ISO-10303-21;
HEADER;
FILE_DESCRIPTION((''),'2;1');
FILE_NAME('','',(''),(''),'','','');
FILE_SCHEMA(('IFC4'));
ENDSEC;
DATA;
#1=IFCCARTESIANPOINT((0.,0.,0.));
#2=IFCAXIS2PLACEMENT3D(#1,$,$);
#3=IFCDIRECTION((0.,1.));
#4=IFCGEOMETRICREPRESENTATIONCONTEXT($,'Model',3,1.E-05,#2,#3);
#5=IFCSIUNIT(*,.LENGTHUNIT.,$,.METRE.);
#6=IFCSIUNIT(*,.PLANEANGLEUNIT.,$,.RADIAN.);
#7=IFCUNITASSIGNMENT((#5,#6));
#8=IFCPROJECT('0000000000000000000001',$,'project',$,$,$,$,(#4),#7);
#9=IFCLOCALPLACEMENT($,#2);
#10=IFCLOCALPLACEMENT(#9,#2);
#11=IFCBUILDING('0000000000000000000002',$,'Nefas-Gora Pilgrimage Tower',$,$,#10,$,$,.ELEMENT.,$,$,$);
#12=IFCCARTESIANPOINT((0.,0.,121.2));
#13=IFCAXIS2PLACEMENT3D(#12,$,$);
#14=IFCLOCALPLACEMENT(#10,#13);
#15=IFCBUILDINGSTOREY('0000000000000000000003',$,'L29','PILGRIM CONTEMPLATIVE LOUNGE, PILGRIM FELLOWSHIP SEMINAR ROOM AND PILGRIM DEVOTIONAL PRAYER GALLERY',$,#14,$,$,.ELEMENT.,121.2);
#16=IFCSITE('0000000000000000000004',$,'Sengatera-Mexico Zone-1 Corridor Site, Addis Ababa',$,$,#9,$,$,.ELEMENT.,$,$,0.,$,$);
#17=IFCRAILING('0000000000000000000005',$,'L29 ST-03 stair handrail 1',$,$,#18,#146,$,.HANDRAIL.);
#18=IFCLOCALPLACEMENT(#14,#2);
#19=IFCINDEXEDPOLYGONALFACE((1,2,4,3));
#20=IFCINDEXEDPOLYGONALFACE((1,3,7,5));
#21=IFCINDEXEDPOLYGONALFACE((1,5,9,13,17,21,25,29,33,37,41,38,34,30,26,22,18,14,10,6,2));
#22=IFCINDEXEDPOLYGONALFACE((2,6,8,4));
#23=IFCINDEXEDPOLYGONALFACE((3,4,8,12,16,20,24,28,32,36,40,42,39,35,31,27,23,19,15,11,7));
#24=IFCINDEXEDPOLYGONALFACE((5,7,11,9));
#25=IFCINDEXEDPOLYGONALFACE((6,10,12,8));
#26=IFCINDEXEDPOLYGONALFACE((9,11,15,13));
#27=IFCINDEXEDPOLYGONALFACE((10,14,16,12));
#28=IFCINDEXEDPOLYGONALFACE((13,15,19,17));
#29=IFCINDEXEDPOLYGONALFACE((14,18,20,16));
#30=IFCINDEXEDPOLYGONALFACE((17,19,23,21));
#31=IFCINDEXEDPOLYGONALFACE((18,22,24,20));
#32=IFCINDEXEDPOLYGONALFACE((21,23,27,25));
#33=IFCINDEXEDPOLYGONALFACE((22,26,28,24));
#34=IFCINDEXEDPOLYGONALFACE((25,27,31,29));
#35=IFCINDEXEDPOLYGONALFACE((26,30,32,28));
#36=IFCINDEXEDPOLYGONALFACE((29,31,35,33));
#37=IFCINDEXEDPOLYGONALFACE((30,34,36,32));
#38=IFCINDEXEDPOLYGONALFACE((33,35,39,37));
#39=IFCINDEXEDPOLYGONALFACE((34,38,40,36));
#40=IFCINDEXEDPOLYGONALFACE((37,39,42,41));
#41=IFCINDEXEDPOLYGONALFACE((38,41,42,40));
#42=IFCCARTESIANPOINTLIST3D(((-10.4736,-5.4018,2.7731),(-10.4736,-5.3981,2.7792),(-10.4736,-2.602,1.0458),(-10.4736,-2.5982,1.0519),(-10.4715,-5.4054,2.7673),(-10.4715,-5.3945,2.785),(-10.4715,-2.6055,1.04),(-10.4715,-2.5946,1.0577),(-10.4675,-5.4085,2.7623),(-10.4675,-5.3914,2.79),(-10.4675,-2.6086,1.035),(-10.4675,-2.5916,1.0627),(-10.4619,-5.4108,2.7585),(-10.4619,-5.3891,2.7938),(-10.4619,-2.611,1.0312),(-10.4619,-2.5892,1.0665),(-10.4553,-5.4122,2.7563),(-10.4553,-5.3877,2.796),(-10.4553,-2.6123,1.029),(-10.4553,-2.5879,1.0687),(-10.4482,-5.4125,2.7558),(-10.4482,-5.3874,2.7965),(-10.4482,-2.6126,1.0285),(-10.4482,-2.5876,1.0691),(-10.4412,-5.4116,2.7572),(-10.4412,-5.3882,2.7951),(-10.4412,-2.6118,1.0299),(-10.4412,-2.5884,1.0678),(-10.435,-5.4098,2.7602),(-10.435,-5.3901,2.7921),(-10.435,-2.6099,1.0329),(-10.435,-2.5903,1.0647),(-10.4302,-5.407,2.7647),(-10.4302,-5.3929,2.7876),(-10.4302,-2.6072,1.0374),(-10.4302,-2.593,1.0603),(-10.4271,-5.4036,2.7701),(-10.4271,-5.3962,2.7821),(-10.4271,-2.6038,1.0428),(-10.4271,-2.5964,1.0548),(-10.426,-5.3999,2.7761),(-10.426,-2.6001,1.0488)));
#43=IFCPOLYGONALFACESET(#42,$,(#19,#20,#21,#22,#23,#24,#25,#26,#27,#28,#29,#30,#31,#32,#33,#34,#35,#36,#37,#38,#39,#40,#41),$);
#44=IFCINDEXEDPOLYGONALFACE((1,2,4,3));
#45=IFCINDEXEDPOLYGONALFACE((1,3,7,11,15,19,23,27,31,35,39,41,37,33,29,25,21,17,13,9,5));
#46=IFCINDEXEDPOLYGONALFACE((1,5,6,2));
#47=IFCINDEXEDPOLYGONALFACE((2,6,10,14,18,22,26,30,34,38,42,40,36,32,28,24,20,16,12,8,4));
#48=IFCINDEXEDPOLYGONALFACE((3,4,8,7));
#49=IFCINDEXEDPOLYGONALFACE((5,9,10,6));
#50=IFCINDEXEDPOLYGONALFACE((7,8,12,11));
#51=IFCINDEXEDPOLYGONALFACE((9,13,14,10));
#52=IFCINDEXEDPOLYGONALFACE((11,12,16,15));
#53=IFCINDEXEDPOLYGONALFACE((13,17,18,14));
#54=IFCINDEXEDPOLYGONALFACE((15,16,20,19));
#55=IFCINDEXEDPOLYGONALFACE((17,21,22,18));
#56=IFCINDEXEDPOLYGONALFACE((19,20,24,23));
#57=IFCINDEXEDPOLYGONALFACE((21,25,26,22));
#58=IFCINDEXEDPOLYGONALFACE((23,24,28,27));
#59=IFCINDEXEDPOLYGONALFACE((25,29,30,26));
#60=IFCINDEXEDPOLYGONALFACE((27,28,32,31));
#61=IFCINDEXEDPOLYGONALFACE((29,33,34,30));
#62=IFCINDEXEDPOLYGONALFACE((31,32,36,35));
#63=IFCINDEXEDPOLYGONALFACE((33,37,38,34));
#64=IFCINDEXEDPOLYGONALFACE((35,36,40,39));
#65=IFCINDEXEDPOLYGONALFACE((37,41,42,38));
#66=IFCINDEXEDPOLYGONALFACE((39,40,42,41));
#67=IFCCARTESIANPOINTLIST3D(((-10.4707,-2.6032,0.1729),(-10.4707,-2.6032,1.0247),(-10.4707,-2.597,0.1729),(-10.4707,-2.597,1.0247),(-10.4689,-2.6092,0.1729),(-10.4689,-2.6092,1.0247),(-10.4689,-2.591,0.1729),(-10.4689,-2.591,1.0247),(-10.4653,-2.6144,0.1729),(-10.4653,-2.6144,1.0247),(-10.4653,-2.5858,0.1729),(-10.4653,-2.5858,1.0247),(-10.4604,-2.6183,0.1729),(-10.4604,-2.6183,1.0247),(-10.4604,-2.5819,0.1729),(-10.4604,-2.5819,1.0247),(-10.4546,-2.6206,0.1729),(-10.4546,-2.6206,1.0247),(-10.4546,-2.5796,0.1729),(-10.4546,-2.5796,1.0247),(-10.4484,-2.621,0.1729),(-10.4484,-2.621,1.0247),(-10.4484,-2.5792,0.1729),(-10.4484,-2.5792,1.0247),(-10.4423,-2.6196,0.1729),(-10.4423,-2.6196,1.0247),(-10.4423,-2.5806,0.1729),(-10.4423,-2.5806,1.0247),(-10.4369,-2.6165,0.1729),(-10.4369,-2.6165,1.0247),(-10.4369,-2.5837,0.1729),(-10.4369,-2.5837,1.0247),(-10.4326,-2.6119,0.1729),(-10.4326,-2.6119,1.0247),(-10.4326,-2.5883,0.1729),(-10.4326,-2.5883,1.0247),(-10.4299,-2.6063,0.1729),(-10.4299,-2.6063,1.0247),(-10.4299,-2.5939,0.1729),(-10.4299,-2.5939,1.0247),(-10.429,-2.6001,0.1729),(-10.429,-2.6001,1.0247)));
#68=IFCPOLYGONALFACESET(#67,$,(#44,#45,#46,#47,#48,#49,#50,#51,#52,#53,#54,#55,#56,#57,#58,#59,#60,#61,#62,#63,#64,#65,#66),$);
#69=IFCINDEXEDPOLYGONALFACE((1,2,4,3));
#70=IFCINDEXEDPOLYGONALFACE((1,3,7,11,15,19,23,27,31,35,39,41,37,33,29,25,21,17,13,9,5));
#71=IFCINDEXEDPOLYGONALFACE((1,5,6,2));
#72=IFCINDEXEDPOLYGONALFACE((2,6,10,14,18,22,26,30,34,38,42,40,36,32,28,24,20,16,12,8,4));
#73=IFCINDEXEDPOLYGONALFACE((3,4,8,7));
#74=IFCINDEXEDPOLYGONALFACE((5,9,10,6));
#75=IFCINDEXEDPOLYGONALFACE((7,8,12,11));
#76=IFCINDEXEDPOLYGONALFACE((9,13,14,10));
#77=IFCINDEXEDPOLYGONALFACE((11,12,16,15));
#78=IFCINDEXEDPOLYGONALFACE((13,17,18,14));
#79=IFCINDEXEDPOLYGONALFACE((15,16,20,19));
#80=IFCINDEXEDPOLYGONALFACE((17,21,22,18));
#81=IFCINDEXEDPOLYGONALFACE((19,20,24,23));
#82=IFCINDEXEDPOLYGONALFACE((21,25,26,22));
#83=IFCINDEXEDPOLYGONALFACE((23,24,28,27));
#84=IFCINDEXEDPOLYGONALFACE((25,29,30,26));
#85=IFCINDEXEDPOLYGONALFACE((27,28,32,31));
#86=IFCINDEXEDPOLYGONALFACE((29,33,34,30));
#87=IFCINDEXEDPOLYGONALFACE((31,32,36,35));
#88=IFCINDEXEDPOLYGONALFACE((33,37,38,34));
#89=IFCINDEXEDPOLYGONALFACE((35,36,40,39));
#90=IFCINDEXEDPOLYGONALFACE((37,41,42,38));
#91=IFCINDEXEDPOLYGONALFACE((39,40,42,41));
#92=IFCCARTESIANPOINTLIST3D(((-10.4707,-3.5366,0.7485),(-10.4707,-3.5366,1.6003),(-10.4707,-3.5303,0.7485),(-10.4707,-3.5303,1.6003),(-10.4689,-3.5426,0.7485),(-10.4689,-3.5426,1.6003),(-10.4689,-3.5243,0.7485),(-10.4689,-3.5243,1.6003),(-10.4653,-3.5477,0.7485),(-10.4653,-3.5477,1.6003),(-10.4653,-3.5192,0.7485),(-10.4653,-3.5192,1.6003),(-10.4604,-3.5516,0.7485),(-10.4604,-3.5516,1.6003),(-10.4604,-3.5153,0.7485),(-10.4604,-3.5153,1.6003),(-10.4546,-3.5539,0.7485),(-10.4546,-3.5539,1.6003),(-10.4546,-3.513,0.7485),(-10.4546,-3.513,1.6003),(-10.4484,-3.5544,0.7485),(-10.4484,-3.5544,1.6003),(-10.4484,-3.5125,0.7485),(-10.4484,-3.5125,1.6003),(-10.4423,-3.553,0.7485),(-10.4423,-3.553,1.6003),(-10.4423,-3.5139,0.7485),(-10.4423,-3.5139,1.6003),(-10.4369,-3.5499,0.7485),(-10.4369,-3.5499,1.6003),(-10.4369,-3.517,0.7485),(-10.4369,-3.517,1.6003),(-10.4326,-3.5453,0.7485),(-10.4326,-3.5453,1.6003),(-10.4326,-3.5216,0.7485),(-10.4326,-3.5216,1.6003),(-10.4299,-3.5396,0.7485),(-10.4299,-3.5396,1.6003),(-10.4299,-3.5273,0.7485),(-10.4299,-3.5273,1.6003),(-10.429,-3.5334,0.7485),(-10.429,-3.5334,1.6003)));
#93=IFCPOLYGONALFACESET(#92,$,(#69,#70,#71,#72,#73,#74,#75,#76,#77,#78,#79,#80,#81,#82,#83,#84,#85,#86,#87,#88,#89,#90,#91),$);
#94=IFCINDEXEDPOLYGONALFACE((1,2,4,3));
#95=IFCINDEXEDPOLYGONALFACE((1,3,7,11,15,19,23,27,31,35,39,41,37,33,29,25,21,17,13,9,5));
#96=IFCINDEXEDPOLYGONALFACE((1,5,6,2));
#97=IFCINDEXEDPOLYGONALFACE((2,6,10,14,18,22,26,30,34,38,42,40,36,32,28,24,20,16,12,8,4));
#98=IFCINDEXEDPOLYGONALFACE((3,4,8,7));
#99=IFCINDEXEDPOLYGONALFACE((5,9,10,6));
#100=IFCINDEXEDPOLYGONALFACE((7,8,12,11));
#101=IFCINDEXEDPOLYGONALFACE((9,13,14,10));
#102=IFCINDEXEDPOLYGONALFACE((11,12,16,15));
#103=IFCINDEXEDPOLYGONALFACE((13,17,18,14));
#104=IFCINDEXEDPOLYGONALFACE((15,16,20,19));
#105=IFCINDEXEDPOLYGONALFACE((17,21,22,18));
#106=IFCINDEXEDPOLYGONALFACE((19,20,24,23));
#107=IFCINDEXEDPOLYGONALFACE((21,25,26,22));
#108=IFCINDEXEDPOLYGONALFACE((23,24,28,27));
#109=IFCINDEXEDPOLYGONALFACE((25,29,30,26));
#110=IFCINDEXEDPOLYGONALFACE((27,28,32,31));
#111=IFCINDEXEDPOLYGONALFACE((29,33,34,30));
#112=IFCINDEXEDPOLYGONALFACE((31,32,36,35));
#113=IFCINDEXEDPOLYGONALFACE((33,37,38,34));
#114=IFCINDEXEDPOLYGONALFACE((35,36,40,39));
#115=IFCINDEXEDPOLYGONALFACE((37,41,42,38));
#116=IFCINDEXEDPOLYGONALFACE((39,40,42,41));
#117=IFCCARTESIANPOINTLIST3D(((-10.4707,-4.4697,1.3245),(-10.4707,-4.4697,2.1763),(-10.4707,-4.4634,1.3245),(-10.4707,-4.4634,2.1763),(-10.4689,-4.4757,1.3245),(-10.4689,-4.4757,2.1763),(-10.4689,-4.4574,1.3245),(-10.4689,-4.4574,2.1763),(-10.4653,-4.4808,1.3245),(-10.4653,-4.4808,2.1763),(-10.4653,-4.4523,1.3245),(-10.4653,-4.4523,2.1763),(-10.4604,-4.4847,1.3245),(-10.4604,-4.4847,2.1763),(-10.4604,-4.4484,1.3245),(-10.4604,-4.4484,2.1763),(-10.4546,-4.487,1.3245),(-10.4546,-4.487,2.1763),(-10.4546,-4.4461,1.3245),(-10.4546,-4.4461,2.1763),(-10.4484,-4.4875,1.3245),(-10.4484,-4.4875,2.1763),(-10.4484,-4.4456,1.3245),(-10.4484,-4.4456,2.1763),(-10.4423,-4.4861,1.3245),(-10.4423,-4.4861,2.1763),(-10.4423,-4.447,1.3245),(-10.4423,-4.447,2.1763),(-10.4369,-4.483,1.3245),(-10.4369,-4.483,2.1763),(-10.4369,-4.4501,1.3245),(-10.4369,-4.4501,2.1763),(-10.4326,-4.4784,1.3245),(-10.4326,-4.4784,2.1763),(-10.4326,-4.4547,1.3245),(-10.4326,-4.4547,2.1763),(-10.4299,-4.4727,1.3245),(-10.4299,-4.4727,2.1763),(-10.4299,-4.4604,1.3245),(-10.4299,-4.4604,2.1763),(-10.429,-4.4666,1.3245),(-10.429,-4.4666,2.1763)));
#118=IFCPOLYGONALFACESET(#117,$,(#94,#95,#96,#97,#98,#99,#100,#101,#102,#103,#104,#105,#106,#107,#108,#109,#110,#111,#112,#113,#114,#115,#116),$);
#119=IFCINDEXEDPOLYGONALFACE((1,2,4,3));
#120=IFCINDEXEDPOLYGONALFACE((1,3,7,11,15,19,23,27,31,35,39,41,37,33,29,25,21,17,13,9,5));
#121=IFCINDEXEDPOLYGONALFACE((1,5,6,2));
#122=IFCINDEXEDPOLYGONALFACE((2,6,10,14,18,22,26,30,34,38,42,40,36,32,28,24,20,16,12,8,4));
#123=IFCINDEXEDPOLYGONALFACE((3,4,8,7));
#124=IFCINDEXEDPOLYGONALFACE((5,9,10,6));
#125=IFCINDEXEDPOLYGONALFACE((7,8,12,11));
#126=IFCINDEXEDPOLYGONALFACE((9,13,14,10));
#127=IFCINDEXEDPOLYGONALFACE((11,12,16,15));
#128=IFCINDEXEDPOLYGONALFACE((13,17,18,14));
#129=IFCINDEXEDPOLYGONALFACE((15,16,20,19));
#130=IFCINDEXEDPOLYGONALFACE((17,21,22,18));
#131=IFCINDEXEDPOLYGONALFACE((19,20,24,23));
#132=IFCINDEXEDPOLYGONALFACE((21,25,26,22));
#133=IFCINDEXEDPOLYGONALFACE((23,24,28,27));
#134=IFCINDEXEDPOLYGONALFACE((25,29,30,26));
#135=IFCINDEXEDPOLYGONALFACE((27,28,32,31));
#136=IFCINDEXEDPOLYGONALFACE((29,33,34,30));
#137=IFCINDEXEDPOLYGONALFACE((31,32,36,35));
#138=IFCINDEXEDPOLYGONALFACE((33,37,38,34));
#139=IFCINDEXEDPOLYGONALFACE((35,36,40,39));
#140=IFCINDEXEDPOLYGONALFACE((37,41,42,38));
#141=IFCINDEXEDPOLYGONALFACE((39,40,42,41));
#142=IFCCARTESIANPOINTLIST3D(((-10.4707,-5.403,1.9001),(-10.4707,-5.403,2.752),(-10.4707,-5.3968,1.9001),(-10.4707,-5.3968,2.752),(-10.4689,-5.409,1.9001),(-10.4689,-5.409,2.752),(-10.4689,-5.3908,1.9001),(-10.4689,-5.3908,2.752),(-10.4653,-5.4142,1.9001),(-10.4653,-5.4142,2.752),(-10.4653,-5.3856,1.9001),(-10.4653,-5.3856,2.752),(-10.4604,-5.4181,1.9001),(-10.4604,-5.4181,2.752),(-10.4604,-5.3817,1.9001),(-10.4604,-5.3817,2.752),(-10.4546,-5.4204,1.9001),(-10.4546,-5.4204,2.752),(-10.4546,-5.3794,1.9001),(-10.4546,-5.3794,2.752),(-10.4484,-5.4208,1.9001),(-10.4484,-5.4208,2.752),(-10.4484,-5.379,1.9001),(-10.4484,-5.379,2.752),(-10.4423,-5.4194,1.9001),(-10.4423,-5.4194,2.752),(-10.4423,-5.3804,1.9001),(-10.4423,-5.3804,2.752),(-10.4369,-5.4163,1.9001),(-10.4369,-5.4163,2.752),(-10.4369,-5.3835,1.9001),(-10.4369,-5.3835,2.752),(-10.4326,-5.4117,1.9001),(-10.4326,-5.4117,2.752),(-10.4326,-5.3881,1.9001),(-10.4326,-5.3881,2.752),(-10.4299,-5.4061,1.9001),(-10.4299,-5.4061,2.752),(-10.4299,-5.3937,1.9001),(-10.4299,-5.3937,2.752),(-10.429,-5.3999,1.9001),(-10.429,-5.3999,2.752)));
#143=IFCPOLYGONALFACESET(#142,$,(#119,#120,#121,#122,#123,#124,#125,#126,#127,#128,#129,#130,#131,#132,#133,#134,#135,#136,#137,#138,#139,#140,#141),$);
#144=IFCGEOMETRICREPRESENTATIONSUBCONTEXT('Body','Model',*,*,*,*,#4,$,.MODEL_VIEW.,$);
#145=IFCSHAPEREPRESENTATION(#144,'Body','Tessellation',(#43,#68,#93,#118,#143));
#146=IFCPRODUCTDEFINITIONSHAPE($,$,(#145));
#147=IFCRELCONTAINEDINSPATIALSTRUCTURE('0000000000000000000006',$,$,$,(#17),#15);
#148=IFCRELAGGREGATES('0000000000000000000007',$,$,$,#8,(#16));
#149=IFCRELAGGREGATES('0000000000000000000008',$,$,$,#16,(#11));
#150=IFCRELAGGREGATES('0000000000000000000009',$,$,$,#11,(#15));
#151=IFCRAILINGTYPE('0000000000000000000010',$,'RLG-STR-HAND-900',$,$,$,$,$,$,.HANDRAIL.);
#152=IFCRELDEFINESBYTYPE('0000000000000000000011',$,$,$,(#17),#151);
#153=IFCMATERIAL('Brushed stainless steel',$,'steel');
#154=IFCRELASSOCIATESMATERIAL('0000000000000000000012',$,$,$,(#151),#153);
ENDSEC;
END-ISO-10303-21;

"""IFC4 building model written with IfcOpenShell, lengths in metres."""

from ifc_helpers import new_model, si_unit, direction, frame, origin, origin_2d, place, context, subcontext, project, spatial, circle, extrude, material, type_object, element, save


model = new_model("IFC4")

# Units and contexts
model_context = context("Model", 3, precision=1e-05, world=origin(), true_north=direction((0.0, 1.0)))
body_context = subcontext(model_context, "Body", "Model", "MODEL_VIEW")
ifc_project = project(units=[si_unit("LENGTHUNIT", "METRE"), si_unit("PLANEANGLEUNIT", "RADIAN")], contexts=[model_context])

# Site, building, storey
site_placement = place(None, origin())
site = spatial("IfcSite", under=ifc_project, at=site_placement, Name="Sengatera-Mexico Zone-1 Corridor Site, Addis Ababa", CompositionType="ELEMENT", RefElevation=0.0)
building_placement = place(site_placement, origin())
building = spatial("IfcBuilding", under=site, at=building_placement, Name="Nefas-Gora Pilgrimage Tower", CompositionType="ELEMENT")
storey_placement = place(building_placement, frame((0.0, 0.0, 121.2)))
storey = spatial("IfcBuildingStorey", under=building, at=storey_placement, Name="L29", Description="PILGRIM CONTEMPLATIVE LOUNGE, PILGRIM FELLOWSHIP SEMINAR ROOM AND PILGRIM DEVOTIONAL PRAYER GALLERY", CompositionType="ELEMENT", Elevation=121.2)

# Railing
ifc_material_1 = material(Name="Brushed stainless steel", Category="steel")
railing_type_1 = type_object("IfcRailingType", Name="RLG-STR-HAND-900", PredefinedType="HANDRAIL", material=ifc_material_1)
railing_1_placement = place(storey_placement, frame((-10.45, -2.6001, 0.1729)))
element("IfcRailing", 1, at=railing_1_placement, inside=storey, type_object=railing_type_1, Name="L29 ST-03 stair handrail 1", PredefinedType="HANDRAIL", context=body_context, shape_type="SweptSolid", body=[
    extrude(circle(Radius=0.0239, at=origin_2d()), frame((0.0, 0.0, 0.876), z_axis=(0.0, -0.851069, 0.525054), x_axis=(1.0, 0.0, 0.0)), (0.0, 0.0, 1.0), 3.2898),
    extrude(circle(Radius=0.021, at=origin_2d()), origin(), (0.0, 0.0, 1.0), 0.8518),
    extrude(circle(Radius=0.021, at=origin_2d()), frame((0.0, -0.9333, 0.5757)), (0.0, 0.0, 1.0), 0.8518),
    extrude(circle(Radius=0.021, at=origin_2d()), frame((0.0, -1.8665, 1.1516)), (0.0, 0.0, 1.0), 0.8518),
    extrude(circle(Radius=0.021, at=origin_2d()), frame((0.0, -2.7998, 1.7273)), (0.0, 0.0, 1.0), 0.8518),
])

save(model, "model.ifc")
